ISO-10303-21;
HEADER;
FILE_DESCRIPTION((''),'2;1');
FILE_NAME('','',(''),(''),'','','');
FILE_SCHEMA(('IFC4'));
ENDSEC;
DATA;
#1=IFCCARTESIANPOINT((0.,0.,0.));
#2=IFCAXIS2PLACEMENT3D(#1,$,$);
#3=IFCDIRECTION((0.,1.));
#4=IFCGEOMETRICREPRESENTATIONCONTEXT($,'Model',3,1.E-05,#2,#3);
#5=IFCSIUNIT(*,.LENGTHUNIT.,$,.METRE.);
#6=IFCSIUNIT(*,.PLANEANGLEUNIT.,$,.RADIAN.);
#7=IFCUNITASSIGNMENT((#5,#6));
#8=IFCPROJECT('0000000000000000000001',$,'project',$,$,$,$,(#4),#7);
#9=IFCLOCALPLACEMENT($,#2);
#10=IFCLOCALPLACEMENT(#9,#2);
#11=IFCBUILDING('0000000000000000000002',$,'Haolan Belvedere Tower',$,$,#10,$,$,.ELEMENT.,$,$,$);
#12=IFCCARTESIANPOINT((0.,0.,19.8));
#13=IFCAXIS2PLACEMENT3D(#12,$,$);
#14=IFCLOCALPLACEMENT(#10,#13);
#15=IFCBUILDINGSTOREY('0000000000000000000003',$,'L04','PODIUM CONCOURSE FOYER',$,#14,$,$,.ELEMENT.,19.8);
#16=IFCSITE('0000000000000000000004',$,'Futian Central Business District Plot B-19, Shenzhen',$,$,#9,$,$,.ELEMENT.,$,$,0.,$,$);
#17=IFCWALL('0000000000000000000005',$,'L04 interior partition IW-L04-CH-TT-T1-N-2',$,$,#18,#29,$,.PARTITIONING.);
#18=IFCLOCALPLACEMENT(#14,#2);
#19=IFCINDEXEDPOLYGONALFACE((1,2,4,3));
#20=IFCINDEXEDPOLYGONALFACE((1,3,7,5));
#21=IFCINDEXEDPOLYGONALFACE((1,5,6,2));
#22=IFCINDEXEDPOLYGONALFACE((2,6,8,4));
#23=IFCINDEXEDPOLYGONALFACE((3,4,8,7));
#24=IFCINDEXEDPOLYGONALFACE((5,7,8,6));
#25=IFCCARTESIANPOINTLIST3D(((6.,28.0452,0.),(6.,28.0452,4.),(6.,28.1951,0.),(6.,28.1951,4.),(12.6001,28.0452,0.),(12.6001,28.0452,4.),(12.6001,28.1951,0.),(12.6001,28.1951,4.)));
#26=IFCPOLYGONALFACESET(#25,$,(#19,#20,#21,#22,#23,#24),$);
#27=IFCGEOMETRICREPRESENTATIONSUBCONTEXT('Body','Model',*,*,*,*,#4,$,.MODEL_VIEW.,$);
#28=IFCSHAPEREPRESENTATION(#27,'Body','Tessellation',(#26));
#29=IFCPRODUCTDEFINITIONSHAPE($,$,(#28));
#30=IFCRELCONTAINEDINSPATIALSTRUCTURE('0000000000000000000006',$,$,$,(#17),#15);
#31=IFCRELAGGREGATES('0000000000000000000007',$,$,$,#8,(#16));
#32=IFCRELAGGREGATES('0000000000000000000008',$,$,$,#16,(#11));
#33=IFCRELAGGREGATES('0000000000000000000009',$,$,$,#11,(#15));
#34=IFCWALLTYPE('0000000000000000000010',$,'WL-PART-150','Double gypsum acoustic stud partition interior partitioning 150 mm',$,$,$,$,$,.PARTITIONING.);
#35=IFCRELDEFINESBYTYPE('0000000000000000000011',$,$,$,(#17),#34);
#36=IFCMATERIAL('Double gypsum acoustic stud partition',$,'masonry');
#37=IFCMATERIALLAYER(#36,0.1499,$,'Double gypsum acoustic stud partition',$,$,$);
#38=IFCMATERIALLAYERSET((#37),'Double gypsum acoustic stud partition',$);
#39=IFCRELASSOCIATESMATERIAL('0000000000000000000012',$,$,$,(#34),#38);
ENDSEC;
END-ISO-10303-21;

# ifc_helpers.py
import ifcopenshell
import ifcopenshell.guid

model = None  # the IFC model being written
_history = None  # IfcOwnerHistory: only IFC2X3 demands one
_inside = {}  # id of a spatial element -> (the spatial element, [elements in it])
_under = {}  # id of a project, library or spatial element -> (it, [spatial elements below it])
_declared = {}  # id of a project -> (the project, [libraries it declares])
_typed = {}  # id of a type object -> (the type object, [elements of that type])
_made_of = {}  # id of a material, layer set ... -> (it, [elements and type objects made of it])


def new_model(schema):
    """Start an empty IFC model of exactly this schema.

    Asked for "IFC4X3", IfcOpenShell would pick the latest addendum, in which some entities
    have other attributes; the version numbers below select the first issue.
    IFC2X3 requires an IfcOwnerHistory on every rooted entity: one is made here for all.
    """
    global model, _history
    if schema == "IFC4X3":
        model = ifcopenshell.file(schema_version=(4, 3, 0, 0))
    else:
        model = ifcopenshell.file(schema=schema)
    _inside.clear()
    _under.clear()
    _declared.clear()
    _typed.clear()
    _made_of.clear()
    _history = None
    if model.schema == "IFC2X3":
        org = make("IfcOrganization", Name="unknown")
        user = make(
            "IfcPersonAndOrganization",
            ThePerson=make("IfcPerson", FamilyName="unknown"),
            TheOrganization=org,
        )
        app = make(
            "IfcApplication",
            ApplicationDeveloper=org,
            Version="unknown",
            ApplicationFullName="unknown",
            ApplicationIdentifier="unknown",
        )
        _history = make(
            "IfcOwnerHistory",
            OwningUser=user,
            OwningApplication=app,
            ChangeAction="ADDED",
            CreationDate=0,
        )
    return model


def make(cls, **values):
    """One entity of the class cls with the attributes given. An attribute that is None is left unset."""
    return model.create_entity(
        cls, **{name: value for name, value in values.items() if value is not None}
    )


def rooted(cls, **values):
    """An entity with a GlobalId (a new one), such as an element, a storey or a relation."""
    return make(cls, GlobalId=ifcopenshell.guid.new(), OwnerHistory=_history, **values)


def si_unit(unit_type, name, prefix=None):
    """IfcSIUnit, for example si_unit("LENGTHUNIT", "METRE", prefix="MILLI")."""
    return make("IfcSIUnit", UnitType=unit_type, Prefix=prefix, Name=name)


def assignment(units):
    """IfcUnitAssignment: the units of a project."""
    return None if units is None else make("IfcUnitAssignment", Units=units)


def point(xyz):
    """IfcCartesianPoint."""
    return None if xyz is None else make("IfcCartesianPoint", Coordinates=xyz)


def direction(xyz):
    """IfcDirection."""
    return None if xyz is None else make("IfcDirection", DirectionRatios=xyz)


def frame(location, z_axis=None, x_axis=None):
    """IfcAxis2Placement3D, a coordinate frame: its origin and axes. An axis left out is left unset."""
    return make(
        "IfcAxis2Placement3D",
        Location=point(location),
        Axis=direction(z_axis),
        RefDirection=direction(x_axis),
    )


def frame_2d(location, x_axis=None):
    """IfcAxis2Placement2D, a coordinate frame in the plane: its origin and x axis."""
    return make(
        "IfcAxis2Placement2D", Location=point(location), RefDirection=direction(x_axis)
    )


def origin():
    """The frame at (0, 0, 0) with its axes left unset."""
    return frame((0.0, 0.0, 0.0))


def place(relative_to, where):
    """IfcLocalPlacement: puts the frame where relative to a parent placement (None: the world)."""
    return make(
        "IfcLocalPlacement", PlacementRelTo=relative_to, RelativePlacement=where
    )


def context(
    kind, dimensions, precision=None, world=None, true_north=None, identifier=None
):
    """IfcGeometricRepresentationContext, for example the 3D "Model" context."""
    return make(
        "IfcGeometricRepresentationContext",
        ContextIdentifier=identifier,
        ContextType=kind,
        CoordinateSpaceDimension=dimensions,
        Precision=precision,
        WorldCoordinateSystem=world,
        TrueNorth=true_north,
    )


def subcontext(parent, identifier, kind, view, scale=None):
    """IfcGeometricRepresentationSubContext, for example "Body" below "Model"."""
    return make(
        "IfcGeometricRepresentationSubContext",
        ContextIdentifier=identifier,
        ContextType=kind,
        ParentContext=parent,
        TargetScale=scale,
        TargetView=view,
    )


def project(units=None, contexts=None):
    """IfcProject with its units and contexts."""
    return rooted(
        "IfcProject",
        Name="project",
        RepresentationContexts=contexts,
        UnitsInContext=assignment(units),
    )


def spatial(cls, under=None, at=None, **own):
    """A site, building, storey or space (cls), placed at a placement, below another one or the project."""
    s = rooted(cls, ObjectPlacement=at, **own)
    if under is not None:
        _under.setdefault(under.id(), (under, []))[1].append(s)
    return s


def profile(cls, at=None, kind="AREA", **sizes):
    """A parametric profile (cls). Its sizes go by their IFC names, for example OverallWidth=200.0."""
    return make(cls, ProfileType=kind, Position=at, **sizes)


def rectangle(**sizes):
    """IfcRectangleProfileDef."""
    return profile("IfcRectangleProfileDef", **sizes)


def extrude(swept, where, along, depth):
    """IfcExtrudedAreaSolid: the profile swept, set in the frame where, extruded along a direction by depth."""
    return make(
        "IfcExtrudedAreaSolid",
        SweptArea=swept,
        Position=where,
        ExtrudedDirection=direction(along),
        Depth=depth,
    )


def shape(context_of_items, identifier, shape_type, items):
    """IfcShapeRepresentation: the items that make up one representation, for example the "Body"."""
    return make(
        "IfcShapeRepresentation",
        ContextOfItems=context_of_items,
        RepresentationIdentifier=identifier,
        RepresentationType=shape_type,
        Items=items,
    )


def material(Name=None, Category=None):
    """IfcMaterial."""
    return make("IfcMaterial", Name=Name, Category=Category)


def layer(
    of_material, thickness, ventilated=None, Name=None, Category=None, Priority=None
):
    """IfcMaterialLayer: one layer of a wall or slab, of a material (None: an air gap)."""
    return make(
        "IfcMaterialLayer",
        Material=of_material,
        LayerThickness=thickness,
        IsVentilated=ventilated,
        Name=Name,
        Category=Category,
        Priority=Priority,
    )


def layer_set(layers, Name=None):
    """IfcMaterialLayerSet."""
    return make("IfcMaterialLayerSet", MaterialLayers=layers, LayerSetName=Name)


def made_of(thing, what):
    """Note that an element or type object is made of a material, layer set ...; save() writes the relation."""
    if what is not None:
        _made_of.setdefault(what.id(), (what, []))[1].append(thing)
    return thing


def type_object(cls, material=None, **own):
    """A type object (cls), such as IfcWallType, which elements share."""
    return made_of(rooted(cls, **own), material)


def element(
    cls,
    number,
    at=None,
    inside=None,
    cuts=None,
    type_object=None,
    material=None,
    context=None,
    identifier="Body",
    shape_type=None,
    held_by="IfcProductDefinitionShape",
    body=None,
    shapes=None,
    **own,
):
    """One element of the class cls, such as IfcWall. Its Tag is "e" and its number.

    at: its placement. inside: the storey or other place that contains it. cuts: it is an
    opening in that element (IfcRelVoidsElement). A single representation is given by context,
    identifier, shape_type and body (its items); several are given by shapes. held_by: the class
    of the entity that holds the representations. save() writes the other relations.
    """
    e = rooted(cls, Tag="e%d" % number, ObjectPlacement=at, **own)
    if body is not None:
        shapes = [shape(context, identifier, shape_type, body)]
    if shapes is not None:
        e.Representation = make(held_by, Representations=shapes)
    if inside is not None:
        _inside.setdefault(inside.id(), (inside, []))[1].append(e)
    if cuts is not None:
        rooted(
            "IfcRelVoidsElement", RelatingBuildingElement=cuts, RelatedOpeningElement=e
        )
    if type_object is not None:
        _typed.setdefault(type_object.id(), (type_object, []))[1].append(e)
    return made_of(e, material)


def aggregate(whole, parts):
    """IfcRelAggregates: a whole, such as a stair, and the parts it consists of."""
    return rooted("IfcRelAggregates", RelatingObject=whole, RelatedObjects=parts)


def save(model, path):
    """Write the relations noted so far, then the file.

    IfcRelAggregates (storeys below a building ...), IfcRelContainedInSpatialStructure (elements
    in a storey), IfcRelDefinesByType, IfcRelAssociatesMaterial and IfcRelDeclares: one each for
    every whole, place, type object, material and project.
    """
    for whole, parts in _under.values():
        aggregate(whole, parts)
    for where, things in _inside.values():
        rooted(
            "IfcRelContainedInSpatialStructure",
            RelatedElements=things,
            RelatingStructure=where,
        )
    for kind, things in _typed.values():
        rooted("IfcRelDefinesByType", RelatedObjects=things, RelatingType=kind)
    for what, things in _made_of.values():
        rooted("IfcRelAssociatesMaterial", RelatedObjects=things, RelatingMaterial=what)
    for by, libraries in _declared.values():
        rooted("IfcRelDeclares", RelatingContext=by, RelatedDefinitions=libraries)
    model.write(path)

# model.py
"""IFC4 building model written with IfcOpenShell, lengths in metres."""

from ifc_helpers import new_model, si_unit, direction, frame, frame_2d, origin, place, context, subcontext, project, spatial, rectangle, extrude, material, layer, layer_set, type_object, element, save


model = new_model("IFC4")

# Units and contexts
model_context = context("Model", 3, precision=1e-05, world=origin(), true_north=direction((0.0, 1.0)))
body_context = subcontext(model_context, "Body", "Model", "MODEL_VIEW")
ifc_project = project(units=[si_unit("LENGTHUNIT", "METRE"), si_unit("PLANEANGLEUNIT", "RADIAN")], contexts=[model_context])

# Site, building, storey
site_placement = place(None, origin())
site = spatial("IfcSite", under=ifc_project, at=site_placement, Name="Futian Central Business District Plot B-19, Shenzhen", CompositionType="ELEMENT", RefElevation=0.0)
building_placement = place(site_placement, origin())
building = spatial("IfcBuilding", under=site, at=building_placement, Name="Haolan Belvedere Tower", CompositionType="ELEMENT")
storey_placement = place(building_placement, frame((0.0, 0.0, 19.8)))
storey = spatial("IfcBuildingStorey", under=building, at=storey_placement, Name="L04", Description="PODIUM CONCOURSE FOYER", CompositionType="ELEMENT", Elevation=19.8)

# Wall
ifc_material_1 = material(Name="Double gypsum acoustic stud partition", Category="masonry")
ifc_layer_1 = layer(ifc_material_1, 0.1499, Name="Double gypsum acoustic stud partition")
ifc_layer_set_1 = layer_set([ifc_layer_1], Name="Double gypsum acoustic stud partition")
wall_type_1 = type_object("IfcWallType", Name="WL-PART-150", Description="Double gypsum acoustic stud partition interior partitioning 150 mm", PredefinedType="PARTITIONING", material=ifc_layer_set_1)
for number, where, z_axis, x_axis, name in (
    (1, (6.0, 28.1201, 0.0), (0.0, 0.0, 1.0), (1.0, 0.0, 0.0), "L04 interior partition IW-L04-CH-TT-T1-N-2"),
):
    element("IfcWall", number, at=place(storey_placement, frame(where, z_axis=z_axis, x_axis=x_axis)), inside=storey, type_object=wall_type_1, Name=name, PredefinedType="PARTITIONING", context=body_context, shape_type="SweptSolid", body=[
        extrude(rectangle(XDim=6.6001, YDim=0.1499, at=frame_2d((3.3, 0.0))), origin(), (0.0, 0.0, 1.0), 4.0),
    ])

save(model, "model.ifc")
